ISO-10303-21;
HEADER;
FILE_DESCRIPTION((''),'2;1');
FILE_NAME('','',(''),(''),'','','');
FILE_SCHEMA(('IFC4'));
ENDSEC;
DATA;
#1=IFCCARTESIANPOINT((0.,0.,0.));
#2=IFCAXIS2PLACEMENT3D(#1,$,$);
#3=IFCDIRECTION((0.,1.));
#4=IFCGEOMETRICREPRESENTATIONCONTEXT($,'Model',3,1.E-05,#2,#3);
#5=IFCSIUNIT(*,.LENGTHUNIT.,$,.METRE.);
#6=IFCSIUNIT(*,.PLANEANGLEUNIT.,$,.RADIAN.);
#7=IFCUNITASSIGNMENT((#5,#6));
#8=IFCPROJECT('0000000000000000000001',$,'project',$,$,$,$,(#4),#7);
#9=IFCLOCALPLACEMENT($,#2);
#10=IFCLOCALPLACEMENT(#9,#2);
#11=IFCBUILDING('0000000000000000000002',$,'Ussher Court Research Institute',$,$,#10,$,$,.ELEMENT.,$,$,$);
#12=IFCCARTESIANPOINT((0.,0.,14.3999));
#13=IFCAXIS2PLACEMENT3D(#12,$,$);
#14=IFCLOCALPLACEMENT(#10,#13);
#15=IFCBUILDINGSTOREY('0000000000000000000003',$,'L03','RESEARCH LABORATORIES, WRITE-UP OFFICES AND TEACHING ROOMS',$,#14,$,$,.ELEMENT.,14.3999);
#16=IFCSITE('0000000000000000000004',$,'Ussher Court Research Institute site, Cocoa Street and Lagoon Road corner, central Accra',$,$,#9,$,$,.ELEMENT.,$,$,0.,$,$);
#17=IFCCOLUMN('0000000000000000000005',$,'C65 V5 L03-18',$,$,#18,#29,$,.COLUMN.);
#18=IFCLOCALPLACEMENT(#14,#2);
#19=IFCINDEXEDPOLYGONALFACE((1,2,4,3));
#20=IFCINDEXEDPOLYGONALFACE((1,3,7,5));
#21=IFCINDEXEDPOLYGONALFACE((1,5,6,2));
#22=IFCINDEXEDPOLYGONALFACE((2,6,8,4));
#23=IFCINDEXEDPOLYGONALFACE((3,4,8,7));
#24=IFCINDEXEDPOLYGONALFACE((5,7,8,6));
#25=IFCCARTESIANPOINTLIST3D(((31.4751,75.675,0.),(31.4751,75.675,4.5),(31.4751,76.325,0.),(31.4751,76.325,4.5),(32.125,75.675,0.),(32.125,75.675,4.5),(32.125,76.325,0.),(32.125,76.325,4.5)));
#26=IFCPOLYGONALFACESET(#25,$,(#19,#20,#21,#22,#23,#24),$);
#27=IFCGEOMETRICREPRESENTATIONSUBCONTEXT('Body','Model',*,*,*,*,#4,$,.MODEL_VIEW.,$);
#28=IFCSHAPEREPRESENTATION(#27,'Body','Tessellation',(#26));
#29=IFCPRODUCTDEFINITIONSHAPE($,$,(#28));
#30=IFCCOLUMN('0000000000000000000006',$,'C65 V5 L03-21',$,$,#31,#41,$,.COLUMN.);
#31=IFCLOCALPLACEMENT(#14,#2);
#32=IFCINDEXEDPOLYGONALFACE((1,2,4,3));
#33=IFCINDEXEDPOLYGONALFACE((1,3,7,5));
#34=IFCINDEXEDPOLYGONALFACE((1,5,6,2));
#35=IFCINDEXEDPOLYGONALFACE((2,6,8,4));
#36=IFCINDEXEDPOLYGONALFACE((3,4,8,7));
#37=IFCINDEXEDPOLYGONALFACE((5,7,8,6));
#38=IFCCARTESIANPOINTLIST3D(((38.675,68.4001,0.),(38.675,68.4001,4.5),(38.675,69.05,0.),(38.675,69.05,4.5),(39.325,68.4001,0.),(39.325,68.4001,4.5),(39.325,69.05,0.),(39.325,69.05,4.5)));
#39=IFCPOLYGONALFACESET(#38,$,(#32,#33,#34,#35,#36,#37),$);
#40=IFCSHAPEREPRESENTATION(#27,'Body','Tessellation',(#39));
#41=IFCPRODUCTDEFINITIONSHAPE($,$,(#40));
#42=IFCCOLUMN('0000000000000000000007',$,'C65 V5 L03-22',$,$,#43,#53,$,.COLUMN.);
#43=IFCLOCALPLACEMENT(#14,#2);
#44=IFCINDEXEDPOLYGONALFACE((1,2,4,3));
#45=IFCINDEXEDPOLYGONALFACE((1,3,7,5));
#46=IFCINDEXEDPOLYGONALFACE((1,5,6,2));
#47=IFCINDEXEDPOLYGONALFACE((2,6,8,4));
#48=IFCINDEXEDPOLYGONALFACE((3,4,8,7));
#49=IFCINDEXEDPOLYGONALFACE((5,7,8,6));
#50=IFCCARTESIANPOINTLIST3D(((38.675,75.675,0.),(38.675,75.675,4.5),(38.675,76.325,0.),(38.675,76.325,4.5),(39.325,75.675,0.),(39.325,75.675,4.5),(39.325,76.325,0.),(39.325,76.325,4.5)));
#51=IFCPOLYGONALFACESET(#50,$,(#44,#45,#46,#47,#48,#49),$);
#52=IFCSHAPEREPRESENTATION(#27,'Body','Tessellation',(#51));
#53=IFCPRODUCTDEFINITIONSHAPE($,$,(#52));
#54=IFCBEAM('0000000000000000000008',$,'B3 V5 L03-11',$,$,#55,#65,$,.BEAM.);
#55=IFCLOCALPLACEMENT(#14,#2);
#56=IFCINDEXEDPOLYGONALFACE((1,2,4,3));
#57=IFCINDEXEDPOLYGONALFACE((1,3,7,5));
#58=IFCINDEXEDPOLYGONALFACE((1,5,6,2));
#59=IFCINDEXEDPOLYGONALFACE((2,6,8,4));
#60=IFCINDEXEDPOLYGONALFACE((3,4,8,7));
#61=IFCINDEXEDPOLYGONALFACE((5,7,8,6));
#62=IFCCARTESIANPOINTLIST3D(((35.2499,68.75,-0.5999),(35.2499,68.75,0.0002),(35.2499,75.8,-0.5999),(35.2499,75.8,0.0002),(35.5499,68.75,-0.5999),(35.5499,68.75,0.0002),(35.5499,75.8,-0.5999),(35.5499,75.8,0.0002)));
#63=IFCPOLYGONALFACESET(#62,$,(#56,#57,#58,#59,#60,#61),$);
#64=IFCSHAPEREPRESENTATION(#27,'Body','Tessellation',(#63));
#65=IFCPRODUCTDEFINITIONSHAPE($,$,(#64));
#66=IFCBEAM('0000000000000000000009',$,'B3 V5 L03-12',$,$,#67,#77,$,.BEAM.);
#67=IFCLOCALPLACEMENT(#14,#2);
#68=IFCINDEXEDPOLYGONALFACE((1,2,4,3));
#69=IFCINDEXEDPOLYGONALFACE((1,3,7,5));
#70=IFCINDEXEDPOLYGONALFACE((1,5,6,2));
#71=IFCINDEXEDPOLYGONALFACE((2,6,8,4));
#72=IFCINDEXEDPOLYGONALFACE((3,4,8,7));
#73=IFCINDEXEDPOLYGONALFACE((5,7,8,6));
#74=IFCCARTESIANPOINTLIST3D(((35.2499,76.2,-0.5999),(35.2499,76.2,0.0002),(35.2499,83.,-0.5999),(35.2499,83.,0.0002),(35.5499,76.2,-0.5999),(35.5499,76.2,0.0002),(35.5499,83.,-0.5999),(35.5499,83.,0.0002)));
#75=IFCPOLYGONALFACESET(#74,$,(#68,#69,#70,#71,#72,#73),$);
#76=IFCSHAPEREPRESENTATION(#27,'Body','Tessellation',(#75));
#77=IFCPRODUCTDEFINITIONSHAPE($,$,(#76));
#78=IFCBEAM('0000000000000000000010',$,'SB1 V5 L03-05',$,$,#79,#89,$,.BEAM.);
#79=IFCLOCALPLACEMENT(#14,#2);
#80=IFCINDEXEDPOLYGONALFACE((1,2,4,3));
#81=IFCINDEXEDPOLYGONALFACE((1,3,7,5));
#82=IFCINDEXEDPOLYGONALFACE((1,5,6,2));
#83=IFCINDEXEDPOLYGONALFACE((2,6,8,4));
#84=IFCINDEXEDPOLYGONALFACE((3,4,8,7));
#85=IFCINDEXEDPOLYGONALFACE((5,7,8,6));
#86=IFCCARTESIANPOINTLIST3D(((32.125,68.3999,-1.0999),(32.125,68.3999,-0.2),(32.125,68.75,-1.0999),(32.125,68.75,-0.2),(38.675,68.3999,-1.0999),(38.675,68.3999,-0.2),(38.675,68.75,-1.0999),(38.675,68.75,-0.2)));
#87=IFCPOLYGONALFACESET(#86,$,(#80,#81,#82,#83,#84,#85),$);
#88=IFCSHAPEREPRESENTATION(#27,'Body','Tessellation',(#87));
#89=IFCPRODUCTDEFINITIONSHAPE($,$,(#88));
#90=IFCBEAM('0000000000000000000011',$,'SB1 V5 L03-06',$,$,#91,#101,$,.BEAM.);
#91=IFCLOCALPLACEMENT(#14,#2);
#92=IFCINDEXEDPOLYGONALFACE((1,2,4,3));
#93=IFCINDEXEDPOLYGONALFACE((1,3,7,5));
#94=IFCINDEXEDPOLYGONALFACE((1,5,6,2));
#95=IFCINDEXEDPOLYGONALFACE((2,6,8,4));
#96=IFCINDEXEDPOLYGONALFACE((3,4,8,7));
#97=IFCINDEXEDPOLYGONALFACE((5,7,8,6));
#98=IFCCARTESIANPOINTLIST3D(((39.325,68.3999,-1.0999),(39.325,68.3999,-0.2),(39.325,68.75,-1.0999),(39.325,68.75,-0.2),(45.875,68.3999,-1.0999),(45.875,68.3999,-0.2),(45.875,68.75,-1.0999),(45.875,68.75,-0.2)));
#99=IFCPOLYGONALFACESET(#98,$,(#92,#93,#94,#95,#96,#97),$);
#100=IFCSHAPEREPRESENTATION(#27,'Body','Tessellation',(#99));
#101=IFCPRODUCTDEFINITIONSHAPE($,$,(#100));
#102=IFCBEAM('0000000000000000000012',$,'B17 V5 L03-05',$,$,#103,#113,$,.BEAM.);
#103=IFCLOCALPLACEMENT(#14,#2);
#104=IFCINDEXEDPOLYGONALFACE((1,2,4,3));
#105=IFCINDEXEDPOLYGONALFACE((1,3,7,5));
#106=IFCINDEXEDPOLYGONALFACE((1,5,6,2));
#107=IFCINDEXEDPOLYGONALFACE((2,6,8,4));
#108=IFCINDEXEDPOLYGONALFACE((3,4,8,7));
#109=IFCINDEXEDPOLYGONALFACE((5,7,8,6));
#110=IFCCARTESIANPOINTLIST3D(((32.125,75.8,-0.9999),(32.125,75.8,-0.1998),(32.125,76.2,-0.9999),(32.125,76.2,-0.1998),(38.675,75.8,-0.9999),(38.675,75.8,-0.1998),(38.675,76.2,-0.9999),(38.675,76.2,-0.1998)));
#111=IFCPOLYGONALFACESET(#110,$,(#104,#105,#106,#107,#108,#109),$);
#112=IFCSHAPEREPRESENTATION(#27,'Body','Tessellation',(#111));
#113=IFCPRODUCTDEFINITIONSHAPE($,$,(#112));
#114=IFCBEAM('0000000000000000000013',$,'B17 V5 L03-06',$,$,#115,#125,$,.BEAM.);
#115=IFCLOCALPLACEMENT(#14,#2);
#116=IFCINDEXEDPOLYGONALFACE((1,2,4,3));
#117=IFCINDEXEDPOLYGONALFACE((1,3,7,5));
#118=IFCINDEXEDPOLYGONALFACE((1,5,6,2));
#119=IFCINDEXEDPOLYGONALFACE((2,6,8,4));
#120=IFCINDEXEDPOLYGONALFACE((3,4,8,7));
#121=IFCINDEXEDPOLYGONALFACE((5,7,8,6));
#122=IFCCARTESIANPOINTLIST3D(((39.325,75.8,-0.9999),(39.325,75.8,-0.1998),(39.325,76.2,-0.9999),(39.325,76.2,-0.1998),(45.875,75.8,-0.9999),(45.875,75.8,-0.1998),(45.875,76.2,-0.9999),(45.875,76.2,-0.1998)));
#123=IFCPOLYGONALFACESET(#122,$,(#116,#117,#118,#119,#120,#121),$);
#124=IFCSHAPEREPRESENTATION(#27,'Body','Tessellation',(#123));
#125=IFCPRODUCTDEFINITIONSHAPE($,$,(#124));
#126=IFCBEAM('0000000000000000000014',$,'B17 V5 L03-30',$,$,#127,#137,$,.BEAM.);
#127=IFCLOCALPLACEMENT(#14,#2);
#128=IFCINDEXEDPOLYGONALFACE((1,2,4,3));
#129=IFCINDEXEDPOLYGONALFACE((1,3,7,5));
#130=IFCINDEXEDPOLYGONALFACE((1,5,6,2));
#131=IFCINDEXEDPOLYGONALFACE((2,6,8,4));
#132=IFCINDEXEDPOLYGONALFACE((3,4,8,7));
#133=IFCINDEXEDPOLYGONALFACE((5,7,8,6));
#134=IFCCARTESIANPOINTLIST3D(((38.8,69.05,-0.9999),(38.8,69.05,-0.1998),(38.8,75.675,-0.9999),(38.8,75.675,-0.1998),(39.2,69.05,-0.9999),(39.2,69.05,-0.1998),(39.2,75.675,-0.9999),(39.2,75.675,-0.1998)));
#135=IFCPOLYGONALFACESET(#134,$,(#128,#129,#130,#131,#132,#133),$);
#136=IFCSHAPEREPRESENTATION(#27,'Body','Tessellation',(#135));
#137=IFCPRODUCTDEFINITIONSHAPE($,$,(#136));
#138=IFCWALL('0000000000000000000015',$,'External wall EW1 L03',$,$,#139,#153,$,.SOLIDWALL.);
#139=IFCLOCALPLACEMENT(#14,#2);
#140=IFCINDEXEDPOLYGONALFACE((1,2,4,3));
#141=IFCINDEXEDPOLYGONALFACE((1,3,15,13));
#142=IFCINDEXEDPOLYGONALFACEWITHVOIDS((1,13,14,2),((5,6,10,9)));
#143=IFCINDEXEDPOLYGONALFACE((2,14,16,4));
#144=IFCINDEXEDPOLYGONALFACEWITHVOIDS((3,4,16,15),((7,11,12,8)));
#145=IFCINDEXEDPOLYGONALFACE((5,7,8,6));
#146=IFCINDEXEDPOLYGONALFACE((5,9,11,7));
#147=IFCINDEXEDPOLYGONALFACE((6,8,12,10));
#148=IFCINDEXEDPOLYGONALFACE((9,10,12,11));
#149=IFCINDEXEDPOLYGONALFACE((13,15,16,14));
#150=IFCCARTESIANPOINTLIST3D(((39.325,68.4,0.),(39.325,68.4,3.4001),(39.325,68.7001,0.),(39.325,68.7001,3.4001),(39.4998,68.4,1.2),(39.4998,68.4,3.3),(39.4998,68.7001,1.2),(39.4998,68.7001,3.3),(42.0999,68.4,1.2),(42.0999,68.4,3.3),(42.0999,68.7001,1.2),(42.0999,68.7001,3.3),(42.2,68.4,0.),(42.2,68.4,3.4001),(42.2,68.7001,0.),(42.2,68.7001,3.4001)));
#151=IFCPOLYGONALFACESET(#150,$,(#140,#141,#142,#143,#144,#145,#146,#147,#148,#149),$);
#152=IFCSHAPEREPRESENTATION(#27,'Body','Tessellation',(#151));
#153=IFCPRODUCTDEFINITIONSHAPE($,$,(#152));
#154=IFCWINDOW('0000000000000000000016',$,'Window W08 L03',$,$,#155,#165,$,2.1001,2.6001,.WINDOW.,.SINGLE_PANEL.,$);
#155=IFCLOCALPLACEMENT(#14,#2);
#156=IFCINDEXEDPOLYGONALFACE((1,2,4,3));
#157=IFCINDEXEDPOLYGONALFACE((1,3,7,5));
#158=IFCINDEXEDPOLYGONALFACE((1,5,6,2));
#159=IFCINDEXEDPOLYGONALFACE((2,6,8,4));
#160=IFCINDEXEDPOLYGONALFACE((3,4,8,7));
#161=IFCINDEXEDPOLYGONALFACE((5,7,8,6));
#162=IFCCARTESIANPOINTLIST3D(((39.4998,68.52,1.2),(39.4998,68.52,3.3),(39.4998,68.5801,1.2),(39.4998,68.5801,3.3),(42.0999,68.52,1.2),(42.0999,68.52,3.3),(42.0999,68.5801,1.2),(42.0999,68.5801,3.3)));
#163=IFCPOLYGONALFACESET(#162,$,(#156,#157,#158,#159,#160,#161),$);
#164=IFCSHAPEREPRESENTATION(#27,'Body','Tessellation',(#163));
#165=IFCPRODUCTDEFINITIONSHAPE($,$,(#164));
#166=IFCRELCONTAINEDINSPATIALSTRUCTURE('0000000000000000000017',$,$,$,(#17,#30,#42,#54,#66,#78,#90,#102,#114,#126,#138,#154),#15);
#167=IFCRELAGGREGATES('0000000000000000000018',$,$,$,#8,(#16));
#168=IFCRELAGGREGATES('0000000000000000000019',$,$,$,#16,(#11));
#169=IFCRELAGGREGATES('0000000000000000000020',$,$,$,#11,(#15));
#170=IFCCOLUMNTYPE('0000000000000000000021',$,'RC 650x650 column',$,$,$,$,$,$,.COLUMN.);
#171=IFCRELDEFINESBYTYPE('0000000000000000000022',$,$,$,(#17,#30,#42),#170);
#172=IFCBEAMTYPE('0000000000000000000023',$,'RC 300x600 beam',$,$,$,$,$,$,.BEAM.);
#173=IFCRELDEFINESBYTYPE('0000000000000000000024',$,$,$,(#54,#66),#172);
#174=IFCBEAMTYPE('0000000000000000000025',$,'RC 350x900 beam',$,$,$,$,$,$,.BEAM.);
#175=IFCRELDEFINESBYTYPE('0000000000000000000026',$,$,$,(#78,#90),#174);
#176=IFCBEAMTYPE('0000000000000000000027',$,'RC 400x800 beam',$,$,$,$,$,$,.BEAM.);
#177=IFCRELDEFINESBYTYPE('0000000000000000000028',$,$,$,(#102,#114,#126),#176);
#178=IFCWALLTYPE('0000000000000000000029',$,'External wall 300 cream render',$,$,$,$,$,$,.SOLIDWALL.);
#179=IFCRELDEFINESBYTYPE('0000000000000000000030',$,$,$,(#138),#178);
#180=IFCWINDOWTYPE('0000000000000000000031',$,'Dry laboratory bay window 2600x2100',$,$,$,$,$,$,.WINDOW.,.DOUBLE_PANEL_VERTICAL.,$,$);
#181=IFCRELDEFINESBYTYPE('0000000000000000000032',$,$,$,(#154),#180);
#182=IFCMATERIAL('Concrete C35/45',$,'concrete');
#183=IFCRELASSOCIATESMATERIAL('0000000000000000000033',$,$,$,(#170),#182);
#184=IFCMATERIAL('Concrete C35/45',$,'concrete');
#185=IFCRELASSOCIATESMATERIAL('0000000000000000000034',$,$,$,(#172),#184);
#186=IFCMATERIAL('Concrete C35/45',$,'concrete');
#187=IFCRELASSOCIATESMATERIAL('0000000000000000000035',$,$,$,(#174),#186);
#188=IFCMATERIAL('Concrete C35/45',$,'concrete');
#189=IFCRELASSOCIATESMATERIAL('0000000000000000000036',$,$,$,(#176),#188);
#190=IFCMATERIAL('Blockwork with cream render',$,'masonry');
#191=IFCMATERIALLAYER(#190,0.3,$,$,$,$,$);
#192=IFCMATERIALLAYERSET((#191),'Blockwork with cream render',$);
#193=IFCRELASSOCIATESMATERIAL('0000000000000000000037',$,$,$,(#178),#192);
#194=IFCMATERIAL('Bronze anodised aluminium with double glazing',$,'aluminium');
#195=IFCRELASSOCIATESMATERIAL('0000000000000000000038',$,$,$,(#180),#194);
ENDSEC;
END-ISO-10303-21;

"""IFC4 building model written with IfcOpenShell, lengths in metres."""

from ifc_helpers import new_model, si_unit, direction, frame, frame_2d, origin, origin_2d, place, context, subcontext, project, spatial, rectangle, extrude, material, layer, layer_set, material_profile, profile_set, type_object, element, fill, save


model = new_model("IFC4")

# Units and contexts
model_context = context("Model", 3, precision=1e-05, world=origin(), true_north=direction((0.0, 1.0)))
body_context = subcontext(model_context, "Body", "Model", "MODEL_VIEW")
ifc_project = project(units=[si_unit("LENGTHUNIT", "METRE"), si_unit("PLANEANGLEUNIT", "RADIAN")], contexts=[model_context])

# Site, building, storey
site_placement = place(None, origin())
site = spatial("IfcSite", under=ifc_project, at=site_placement, Name="Ussher Court Research Institute site, Cocoa Street and Lagoon Road corner, central Accra", CompositionType="ELEMENT", RefElevation=0.0)
building_placement = place(site_placement, origin())
building = spatial("IfcBuilding", under=site, at=building_placement, Name="Ussher Court Research Institute", CompositionType="ELEMENT")
storey_placement = place(building_placement, frame((0.0, 0.0, 14.3999)))
storey = spatial("IfcBuildingStorey", under=building, at=storey_placement, Name="L03", Description="RESEARCH LABORATORIES, WRITE-UP OFFICES AND TEACHING ROOMS", CompositionType="ELEMENT", Elevation=14.3999)

# Columns
ifc_material_1 = material(Name="Concrete C35/45", Category="concrete")
ifc_material_profile_1 = material_profile(ifc_material_1, rectangle(XDim=0.6499, YDim=0.6499, at=origin_2d()), Name="RC 650x650")
ifc_profile_set_1 = profile_set([ifc_material_profile_1], Name="Concrete C35/45")
column_type = type_object("IfcColumnType", Name="RC 650x650 column", PredefinedType="COLUMN", material=ifc_profile_set_1)
for number, where, z_axis, x_axis, name in (
    (1, (31.8, 76.0, 0.0), (0.0, 0.0, 1.0), (1.0, 0.0, 0.0), "C65 V5 L03-18"),
    (2, (39.0, 68.7251, 0.0), (0.0, 0.0, 1.0), (1.0, 0.0, 0.0), "C65 V5 L03-21"),
    (3, (39.0, 76.0, 0.0), (0.0, 0.0, 1.0), (1.0, 0.0, 0.0), "C65 V5 L03-22"),
):
    element("IfcColumn", number, at=place(storey_placement, frame(where, z_axis=z_axis, x_axis=x_axis)), inside=storey, type_object=column_type, Name=name, PredefinedType="COLUMN", context=body_context, shape_type="SweptSolid", body=[
        extrude(rectangle(XDim=0.6499, YDim=0.6499, at=origin_2d()), origin(), (0.0, 0.0, 1.0), 4.5),
    ])

# Beams
ifc_material_2 = material(Name="Concrete C35/45", Category="concrete")
ifc_material_profile_2 = material_profile(ifc_material_2, rectangle(XDim=0.3, YDim=0.6001, at=origin_2d()), Name="RC 300x600")
ifc_profile_set_2 = profile_set([ifc_material_profile_2], Name="Concrete C35/45")
beam_type_1 = type_object("IfcBeamType", Name="RC 300x600 beam", PredefinedType="BEAM", material=ifc_profile_set_2)
beam_1_placement = place(storey_placement, frame((35.3999, 68.75, -0.2998), z_axis=(0.0, 1.0, 0.0), x_axis=(-1.0, 0.0, 0.0)))
element("IfcBeam", 4, at=beam_1_placement, inside=storey, type_object=beam_type_1, Name="B3 V5 L03-11", PredefinedType="BEAM", context=body_context, shape_type="SweptSolid", body=[
    extrude(rectangle(XDim=0.3, YDim=0.6001, at=origin_2d()), origin(), (0.0, 0.0, 1.0), 7.05),
])
beam_2_placement = place(storey_placement, frame((35.3999, 76.2, -0.2998), z_axis=(0.0, 1.0, 0.0), x_axis=(-1.0, 0.0, 0.0)))
element("IfcBeam", 5, at=beam_2_placement, inside=storey, type_object=beam_type_1, Name="B3 V5 L03-12", PredefinedType="BEAM", context=body_context, shape_type="SweptSolid", body=[
    extrude(rectangle(XDim=0.3, YDim=0.6001, at=origin_2d()), origin(), (0.0, 0.0, 1.0), 6.8),
])
ifc_material_3 = material(Name="Concrete C35/45", Category="concrete")
ifc_material_profile_3 = material_profile(ifc_material_3, rectangle(XDim=0.3501, YDim=0.8999, at=origin_2d()), Name="RC 350x900")
ifc_profile_set_3 = profile_set([ifc_material_profile_3], Name="Concrete C35/45")
beam_type_2 = type_object("IfcBeamType", Name="RC 350x900 beam", PredefinedType="BEAM", material=ifc_profile_set_3)
for number, where, z_axis, x_axis, name in (
    (6, (32.125, 68.575, -0.6499), (1.0, 0.0, 0.0), (0.0, 1.0, 0.0), "SB1 V5 L03-05"),
    (7, (39.325, 68.575, -0.6499), (1.0, 0.0, 0.0), (0.0, 1.0, 0.0), "SB1 V5 L03-06"),
):
    element("IfcBeam", number, at=place(storey_placement, frame(where, z_axis=z_axis, x_axis=x_axis)), inside=storey, type_object=beam_type_2, Name=name, PredefinedType="BEAM", context=body_context, shape_type="SweptSolid", body=[
        extrude(rectangle(XDim=0.3501, YDim=0.8999, at=origin_2d()), origin(), (0.0, 0.0, 1.0), 6.55),
    ])
ifc_material_4 = material(Name="Concrete C35/45", Category="concrete")
ifc_material_profile_4 = material_profile(ifc_material_4, rectangle(XDim=0.3999, YDim=0.8, at=origin_2d()), Name="RC 400x800")
ifc_profile_set_4 = profile_set([ifc_material_profile_4], Name="Concrete C35/45")
beam_type_3 = type_object("IfcBeamType", Name="RC 400x800 beam", PredefinedType="BEAM", material=ifc_profile_set_4)
for number, where, z_axis, x_axis, name in (
    (8, (32.125, 76.0, -0.5999), (1.0, 0.0, 0.0), (0.0, 1.0, 0.0), "B17 V5 L03-05"),
    (9, (39.325, 76.0, -0.5999), (1.0, 0.0, 0.0), (0.0, 1.0, 0.0), "B17 V5 L03-06"),
):
    element("IfcBeam", number, at=place(storey_placement, frame(where, z_axis=z_axis, x_axis=x_axis)), inside=storey, type_object=beam_type_3, Name=name, PredefinedType="BEAM", context=body_context, shape_type="SweptSolid", body=[
        extrude(rectangle(XDim=0.3999, YDim=0.8, at=origin_2d()), origin(), (0.0, 0.0, 1.0), 6.55),
    ])
beam_3_placement = place(storey_placement, frame((39.0, 69.05, -0.5999), z_axis=(0.0, 1.0, 0.0), x_axis=(-1.0, 0.0, 0.0)))
element("IfcBeam", 10, at=beam_3_placement, inside=storey, type_object=beam_type_3, Name="B17 V5 L03-30", PredefinedType="BEAM", context=body_context, shape_type="SweptSolid", body=[
    extrude(rectangle(XDim=0.3999, YDim=0.8, at=origin_2d()), origin(), (0.0, 0.0, 1.0), 6.625),
])

# Wall, opening, window
ifc_material_5 = material(Name="Blockwork with cream render", Category="masonry")
ifc_layer_1 = layer(ifc_material_5, 0.3)
ifc_layer_set_1 = layer_set([ifc_layer_1], Name="Blockwork with cream render")
wall_type_1 = type_object("IfcWallType", Name="External wall 300 cream render", PredefinedType="SOLIDWALL", material=ifc_layer_set_1)
wall_1_placement = place(storey_placement, frame((42.2, 68.55, 0.0), z_axis=(0.0, 0.0, 1.0), x_axis=(-1.0, 0.0, 0.0)))
wall_1 = element("IfcWall", 11, at=wall_1_placement, inside=storey, type_object=wall_type_1, Name="External wall EW1 L03", PredefinedType="SOLIDWALL", context=body_context, shape_type="SweptSolid", body=[
    extrude(rectangle(XDim=2.875, YDim=0.3, at=frame_2d((1.4375, 0.0))), origin(), (0.0, 0.0, 1.0), 3.4001),
])
opening_1_placement = place(wall_1_placement, frame((0.1001, 0.0, 1.2)))
opening_1 = element("IfcOpeningElement", 12, at=opening_1_placement, cuts=wall_1, PredefinedType="OPENING", context=body_context, shape_type="SweptSolid", body=[
    extrude(rectangle(XDim=2.6001, YDim=2.1001, at=frame_2d((1.3, 1.05))), frame((0.0, 0.1602, 0.0), z_axis=(0.0, -1.0, 0.0), x_axis=(1.0, 0.0, 0.0)), (0.0, 0.0, 1.0), 0.3201),
])
ifc_material_6 = material(Name="Bronze anodised aluminium with double glazing", Category="aluminium")
window_type = type_object("IfcWindowType", Name="Dry laboratory bay window 2600x2100", PartitioningType="DOUBLE_PANEL_VERTICAL", PredefinedType="WINDOW", material=ifc_material_6)
window_1_placement = place(opening_1_placement, origin())
window_1 = element("IfcWindow", 13, at=window_1_placement, inside=storey, type_object=window_type, Name="Window W08 L03", OverallHeight=2.1001, OverallWidth=2.6001, PartitioningType="SINGLE_PANEL", PredefinedType="WINDOW", context=body_context, shape_type="SweptSolid", body=[
    extrude(rectangle(XDim=2.6001, YDim=2.1001, at=frame_2d((1.3, 1.05))), frame((0.0, 0.03, 0.0), z_axis=(0.0, -1.0, 0.0), x_axis=(1.0, 0.0, 0.0)), (0.0, 0.0, 1.0), 0.0601),
])
fill(opening_1, window_1)

save(model, "model.ifc")
